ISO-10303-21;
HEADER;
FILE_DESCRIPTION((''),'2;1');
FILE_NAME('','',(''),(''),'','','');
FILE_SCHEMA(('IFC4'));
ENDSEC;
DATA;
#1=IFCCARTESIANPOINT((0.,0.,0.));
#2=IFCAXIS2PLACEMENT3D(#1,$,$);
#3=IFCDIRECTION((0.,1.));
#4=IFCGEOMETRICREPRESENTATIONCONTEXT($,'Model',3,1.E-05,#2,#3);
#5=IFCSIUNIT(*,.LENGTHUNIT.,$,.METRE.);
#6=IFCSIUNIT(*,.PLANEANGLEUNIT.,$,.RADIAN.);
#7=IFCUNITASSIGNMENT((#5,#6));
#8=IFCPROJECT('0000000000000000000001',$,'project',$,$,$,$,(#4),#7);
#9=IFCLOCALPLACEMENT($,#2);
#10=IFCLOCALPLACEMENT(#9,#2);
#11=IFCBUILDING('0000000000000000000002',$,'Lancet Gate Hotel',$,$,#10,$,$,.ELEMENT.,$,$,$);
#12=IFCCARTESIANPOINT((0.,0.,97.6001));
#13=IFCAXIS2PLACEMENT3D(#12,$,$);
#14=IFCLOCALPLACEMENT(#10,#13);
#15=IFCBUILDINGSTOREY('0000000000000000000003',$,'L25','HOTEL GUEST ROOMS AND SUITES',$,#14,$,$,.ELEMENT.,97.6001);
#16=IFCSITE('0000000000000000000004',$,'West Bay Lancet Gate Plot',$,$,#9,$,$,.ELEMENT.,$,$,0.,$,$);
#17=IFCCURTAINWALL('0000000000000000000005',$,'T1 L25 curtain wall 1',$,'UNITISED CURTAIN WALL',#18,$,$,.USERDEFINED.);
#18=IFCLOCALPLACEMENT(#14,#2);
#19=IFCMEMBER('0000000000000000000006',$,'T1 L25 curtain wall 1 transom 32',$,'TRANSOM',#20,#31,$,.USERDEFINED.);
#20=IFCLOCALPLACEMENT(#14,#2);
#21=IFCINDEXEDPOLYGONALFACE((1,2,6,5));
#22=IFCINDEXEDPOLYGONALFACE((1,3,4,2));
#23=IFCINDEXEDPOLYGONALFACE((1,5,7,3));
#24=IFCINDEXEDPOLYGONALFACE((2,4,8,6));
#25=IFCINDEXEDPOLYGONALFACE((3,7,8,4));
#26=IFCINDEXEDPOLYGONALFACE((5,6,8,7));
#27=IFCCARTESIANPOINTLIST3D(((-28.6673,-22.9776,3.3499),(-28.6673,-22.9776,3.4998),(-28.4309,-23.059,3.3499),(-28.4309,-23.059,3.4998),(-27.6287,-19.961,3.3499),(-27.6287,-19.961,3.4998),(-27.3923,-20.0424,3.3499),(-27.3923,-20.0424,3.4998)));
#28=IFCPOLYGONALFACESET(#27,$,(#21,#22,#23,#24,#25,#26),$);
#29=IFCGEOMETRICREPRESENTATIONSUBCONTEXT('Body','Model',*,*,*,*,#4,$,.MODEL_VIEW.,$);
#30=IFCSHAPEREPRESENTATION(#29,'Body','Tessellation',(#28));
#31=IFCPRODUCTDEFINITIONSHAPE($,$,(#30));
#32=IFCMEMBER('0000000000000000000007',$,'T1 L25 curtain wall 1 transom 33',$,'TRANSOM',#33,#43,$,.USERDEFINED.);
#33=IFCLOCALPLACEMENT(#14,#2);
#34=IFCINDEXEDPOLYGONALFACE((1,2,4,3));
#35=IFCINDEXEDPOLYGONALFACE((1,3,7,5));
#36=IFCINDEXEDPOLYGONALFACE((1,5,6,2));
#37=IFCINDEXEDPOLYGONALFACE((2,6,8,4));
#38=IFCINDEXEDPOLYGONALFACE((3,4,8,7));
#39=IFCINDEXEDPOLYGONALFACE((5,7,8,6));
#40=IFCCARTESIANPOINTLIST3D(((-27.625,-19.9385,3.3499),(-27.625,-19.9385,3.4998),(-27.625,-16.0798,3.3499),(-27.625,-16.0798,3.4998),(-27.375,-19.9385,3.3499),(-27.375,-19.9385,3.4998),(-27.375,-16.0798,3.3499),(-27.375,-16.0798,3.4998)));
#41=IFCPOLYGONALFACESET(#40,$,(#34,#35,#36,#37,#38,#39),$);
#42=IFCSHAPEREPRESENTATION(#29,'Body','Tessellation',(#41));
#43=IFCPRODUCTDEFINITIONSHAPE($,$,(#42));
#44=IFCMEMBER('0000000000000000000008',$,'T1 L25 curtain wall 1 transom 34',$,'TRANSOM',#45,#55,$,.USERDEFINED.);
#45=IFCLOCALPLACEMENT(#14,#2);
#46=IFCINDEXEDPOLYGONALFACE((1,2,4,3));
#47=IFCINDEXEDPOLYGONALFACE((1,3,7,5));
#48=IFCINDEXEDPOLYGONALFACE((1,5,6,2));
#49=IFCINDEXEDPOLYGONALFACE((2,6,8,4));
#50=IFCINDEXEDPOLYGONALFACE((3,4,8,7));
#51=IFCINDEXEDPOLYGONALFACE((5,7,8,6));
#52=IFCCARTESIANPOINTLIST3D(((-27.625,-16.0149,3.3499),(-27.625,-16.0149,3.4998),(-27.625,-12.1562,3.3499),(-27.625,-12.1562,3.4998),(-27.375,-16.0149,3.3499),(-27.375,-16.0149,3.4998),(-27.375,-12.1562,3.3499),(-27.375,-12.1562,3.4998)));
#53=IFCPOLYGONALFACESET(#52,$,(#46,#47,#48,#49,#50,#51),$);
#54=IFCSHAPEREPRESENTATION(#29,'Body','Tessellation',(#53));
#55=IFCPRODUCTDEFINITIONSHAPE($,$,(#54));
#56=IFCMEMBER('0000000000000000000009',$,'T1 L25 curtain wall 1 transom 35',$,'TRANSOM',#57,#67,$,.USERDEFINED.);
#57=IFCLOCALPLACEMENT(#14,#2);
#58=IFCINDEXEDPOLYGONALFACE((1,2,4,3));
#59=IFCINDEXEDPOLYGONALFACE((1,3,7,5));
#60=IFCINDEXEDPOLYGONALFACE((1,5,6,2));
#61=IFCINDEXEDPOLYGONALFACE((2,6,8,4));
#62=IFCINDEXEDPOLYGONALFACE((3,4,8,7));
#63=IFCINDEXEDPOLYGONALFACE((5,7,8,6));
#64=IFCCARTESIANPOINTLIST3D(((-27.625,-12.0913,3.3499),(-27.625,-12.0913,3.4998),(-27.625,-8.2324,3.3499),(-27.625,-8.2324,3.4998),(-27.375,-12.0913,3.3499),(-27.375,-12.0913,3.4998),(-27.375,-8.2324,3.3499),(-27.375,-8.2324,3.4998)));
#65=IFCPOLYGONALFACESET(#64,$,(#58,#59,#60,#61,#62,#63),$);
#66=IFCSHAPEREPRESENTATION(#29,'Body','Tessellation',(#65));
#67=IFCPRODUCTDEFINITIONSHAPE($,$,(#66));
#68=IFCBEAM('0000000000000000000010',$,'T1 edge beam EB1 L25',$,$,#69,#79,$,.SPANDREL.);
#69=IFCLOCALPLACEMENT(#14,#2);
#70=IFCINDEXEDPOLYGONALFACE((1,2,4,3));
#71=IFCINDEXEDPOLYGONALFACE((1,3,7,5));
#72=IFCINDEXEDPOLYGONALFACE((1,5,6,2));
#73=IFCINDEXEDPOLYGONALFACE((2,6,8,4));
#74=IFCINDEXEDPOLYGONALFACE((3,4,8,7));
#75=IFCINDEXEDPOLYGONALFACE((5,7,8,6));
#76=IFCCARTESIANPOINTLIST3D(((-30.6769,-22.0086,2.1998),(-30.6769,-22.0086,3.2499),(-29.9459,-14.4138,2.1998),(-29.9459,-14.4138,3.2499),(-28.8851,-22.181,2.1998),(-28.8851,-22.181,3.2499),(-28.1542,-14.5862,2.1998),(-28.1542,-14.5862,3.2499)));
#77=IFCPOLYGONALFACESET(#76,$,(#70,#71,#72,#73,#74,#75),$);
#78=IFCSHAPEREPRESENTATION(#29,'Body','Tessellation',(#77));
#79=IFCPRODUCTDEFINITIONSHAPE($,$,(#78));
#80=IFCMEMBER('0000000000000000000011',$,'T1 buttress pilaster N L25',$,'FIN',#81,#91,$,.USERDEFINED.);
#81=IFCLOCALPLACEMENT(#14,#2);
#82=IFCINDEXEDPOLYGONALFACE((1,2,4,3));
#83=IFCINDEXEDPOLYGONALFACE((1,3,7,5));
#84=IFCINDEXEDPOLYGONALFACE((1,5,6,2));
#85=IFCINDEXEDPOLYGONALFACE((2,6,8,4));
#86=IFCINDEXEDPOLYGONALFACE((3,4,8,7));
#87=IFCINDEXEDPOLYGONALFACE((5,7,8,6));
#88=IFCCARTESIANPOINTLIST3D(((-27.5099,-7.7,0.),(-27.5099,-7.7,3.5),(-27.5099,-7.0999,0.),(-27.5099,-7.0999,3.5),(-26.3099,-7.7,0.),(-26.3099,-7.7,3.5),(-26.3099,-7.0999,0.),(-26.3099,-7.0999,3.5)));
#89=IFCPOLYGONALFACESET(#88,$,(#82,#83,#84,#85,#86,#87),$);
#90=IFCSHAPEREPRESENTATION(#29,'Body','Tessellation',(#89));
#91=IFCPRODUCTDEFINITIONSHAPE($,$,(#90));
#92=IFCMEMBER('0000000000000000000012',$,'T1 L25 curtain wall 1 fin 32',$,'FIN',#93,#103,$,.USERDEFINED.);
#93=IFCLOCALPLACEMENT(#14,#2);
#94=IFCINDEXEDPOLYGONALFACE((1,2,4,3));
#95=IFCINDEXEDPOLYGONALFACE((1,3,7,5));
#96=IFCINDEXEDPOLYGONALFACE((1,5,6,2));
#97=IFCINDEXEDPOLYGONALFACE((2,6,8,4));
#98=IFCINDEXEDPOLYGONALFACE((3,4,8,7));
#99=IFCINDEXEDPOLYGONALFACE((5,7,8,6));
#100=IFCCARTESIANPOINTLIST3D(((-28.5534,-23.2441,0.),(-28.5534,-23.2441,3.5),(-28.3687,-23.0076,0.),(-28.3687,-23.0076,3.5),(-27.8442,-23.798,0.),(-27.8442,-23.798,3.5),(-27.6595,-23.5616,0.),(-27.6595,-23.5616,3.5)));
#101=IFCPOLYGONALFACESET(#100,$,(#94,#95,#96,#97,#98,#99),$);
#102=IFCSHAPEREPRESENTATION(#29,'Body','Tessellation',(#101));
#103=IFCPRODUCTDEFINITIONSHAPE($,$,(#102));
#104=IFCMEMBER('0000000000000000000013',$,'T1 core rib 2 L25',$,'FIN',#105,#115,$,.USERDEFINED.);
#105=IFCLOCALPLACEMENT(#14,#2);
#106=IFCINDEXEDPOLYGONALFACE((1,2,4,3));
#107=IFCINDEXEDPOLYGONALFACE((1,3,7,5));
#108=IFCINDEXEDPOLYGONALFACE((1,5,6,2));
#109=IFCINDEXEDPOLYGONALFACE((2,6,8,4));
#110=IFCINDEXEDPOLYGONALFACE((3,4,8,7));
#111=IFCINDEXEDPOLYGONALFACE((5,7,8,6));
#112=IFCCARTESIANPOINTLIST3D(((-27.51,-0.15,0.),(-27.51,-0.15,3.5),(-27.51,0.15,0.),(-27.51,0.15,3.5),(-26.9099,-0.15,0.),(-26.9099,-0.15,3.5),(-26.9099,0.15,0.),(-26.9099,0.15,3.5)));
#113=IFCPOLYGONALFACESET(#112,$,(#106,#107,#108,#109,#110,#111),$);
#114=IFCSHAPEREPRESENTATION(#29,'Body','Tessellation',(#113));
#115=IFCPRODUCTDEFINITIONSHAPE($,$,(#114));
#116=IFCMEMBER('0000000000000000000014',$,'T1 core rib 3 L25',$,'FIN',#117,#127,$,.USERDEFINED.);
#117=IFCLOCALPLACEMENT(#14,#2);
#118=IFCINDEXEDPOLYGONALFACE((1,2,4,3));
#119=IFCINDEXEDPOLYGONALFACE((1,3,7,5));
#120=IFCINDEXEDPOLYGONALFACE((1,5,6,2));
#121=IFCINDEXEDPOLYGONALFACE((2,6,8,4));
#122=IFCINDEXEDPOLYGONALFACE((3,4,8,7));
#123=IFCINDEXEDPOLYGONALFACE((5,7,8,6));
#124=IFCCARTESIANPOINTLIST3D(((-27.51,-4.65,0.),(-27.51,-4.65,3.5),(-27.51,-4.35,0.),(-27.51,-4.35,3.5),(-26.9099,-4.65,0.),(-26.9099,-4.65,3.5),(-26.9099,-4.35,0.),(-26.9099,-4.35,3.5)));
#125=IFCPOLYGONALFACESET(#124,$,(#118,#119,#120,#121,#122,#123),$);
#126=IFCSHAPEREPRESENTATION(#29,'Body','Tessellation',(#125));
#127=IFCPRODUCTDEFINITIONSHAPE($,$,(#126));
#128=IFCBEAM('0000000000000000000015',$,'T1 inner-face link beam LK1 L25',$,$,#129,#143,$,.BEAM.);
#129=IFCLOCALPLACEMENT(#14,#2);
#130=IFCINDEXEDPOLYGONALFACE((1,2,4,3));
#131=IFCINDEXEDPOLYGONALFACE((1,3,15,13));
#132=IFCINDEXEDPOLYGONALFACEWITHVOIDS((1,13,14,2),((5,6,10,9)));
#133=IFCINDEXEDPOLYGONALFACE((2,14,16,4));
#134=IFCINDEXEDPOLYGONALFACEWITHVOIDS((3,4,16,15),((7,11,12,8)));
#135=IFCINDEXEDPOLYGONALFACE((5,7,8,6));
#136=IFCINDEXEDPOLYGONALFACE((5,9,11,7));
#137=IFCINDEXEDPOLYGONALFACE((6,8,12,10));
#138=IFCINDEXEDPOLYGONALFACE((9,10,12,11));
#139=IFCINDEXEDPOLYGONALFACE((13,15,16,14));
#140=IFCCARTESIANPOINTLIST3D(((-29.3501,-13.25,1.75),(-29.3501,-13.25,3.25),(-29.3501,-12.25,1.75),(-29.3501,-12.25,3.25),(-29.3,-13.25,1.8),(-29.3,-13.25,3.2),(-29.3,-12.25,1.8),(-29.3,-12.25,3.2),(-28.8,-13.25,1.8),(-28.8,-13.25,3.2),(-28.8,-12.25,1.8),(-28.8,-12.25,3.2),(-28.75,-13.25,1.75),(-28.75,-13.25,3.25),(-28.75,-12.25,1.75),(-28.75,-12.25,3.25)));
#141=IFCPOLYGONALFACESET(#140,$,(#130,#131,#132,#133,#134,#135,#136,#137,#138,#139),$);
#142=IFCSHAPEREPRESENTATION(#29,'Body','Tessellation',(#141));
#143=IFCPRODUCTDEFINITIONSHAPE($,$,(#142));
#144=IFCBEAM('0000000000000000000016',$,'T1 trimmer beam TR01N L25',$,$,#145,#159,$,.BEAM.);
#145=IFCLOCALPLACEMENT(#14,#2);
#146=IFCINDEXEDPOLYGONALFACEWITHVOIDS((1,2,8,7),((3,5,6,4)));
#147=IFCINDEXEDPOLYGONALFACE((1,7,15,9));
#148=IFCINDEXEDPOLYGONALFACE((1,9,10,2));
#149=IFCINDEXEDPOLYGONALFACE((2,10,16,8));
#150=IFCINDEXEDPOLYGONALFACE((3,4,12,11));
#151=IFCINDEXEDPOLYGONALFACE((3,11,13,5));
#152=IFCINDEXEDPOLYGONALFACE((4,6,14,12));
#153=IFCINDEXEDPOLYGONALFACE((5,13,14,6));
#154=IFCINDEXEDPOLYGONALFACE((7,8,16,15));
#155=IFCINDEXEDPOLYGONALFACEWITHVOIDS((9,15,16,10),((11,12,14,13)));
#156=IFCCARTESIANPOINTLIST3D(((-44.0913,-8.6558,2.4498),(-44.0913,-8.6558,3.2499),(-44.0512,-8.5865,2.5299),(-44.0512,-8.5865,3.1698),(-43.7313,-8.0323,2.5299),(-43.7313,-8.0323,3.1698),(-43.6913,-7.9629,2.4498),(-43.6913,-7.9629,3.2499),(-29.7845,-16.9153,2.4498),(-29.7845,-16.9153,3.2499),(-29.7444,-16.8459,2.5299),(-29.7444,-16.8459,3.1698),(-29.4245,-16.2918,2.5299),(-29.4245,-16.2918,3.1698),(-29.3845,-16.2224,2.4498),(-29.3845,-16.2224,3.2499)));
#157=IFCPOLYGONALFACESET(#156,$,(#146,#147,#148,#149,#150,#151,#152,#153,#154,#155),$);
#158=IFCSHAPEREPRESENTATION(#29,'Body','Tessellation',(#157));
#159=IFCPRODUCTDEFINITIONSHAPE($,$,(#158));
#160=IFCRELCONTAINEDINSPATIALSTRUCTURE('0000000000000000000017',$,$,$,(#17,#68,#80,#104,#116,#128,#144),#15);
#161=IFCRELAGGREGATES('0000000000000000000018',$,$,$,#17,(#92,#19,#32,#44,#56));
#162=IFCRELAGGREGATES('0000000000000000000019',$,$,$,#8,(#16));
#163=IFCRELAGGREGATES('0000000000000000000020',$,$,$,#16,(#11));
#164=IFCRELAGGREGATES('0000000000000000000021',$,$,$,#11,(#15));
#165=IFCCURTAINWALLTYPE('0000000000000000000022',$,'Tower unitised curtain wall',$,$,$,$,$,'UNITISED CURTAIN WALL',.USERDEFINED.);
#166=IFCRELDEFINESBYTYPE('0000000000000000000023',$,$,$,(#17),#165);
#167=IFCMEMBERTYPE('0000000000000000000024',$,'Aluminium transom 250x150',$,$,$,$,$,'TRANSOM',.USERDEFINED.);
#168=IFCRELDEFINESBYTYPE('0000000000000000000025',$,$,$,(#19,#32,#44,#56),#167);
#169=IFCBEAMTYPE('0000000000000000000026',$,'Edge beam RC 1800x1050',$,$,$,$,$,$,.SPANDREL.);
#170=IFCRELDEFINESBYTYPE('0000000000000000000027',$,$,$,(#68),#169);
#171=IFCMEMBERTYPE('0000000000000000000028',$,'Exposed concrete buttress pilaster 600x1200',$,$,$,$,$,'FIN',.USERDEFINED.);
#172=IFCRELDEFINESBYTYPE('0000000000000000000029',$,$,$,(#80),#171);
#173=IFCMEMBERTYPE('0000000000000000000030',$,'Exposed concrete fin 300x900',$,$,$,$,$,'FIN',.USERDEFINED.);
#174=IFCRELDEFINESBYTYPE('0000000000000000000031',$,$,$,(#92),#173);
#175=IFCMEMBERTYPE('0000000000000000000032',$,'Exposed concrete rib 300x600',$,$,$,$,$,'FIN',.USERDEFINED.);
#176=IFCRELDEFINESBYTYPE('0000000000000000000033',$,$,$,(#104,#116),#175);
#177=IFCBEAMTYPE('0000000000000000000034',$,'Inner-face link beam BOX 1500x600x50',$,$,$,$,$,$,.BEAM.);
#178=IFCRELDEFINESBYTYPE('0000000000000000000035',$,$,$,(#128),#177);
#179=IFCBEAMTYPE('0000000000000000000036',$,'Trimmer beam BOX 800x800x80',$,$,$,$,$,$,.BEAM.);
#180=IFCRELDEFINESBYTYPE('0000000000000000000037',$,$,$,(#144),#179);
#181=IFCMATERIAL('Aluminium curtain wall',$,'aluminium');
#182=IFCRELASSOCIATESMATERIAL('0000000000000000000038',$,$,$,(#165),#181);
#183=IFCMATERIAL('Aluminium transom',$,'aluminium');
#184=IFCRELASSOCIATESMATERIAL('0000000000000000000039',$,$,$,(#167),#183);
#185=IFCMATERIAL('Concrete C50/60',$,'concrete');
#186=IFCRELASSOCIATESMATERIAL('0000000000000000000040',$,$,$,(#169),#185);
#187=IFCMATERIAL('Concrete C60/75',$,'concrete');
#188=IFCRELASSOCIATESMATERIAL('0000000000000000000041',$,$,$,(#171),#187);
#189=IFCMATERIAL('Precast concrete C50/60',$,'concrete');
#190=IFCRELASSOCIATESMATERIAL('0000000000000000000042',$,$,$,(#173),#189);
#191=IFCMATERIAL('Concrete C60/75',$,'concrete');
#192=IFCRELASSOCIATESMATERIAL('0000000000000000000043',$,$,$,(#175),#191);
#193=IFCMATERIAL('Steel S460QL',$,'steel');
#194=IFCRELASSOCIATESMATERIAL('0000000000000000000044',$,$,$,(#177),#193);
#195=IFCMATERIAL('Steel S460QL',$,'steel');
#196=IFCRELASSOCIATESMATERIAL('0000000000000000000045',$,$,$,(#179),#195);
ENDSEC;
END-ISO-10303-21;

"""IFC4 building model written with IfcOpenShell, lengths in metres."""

from ifc_helpers import new_model, si_unit, direction, frame, origin, origin_2d, place, context, subcontext, project, spatial, rectangle, hollow_rectangle, extrude, material, material_profile, profile_set, type_object, element, aggregate, save


model = new_model("IFC4")

# Units and contexts
model_context = context("Model", 3, precision=1e-05, world=origin(), true_north=direction((0.0, 1.0)))
body_context = subcontext(model_context, "Body", "Model", "MODEL_VIEW")
ifc_project = project(units=[si_unit("LENGTHUNIT", "METRE"), si_unit("PLANEANGLEUNIT", "RADIAN")], contexts=[model_context])

# Site, building, storey
site_placement = place(None, origin())
site = spatial("IfcSite", under=ifc_project, at=site_placement, Name="West Bay Lancet Gate Plot", CompositionType="ELEMENT", RefElevation=0.0)
building_placement = place(site_placement, origin())
building = spatial("IfcBuilding", under=site, at=building_placement, Name="Lancet Gate Hotel", CompositionType="ELEMENT")
storey_placement = place(building_placement, frame((0.0, 0.0, 97.6001)))
storey = spatial("IfcBuildingStorey", under=building, at=storey_placement, Name="L25", Description="HOTEL GUEST ROOMS AND SUITES", CompositionType="ELEMENT", Elevation=97.6001)

# Curtain wall, members
ifc_material_1 = material(Name="Aluminium curtain wall", Category="aluminium")
curtain_wall_type = type_object("IfcCurtainWallType", Name="Tower unitised curtain wall", ElementType="UNITISED CURTAIN WALL", PredefinedType="USERDEFINED", material=ifc_material_1)
curtain_wall_placement = place(storey_placement, origin())
curtain_wall = element("IfcCurtainWall", 1, at=curtain_wall_placement, inside=storey, type_object=curtain_wall_type, Name="T1 L25 curtain wall 1", ObjectType="UNITISED CURTAIN WALL", PredefinedType="USERDEFINED")
ifc_material_2 = material(Name="Aluminium transom", Category="aluminium")
ifc_material_profile_1 = material_profile(ifc_material_2, rectangle(XDim=0.25, YDim=0.1499, at=origin_2d()), Name="TRANSOM 250x150")
ifc_profile_set_1 = profile_set([ifc_material_profile_1], Name="Aluminium transom")
member_type_1 = type_object("IfcMemberType", Name="Aluminium transom 250x150", ElementType="TRANSOM", PredefinedType="USERDEFINED", material=ifc_profile_set_1)
member_1_placement = place(storey_placement, frame((-28.5491, -23.0183, 3.4248), z_axis=(0.325533, 0.945531, 0.0), x_axis=(-0.945531, 0.325533, 0.0)))
member_1 = element("IfcMember", 2, at=member_1_placement, type_object=member_type_1, Name="T1 L25 curtain wall 1 transom 32", ObjectType="TRANSOM", PredefinedType="USERDEFINED", context=body_context, shape_type="SweptSolid", body=[
    extrude(rectangle(XDim=0.25, YDim=0.1499, at=origin_2d()), origin(), (0.0, 0.0, 1.0), 3.1904),
])
member_2_placement = place(storey_placement, frame((-27.5, -19.9385, 3.4248), z_axis=(0.0, 1.0, 0.0), x_axis=(-1.0, 0.0, 0.0)))
member_2 = element("IfcMember", 3, at=member_2_placement, type_object=member_type_1, Name="T1 L25 curtain wall 1 transom 33", ObjectType="TRANSOM", PredefinedType="USERDEFINED", context=body_context, shape_type="SweptSolid", body=[
    extrude(rectangle(XDim=0.25, YDim=0.1499, at=origin_2d()), origin(), (0.0, 0.0, 1.0), 3.8586),
])
member_3_placement = place(storey_placement, frame((-27.5, -16.0149, 3.4248), z_axis=(0.0, 1.0, 0.0), x_axis=(-1.0, 0.0, 0.0)))
member_3 = element("IfcMember", 4, at=member_3_placement, type_object=member_type_1, Name="T1 L25 curtain wall 1 transom 34", ObjectType="TRANSOM", PredefinedType="USERDEFINED", context=body_context, shape_type="SweptSolid", body=[
    extrude(rectangle(XDim=0.25, YDim=0.1499, at=origin_2d()), origin(), (0.0, 0.0, 1.0), 3.8586),
])
member_4_placement = place(storey_placement, frame((-27.5, -12.0913, 3.4248), z_axis=(0.0, 1.0, 0.0), x_axis=(-1.0, 0.0, 0.0)))
member_4 = element("IfcMember", 5, at=member_4_placement, type_object=member_type_1, Name="T1 L25 curtain wall 1 transom 35", ObjectType="TRANSOM", PredefinedType="USERDEFINED", context=body_context, shape_type="SweptSolid", body=[
    extrude(rectangle(XDim=0.25, YDim=0.1499, at=origin_2d()), origin(), (0.0, 0.0, 1.0), 3.8589),
])

# Beam
ifc_material_3 = material(Name="Concrete C50/60", Category="concrete")
ifc_material_profile_2 = material_profile(ifc_material_3, rectangle(XDim=1.8, YDim=1.05, at=origin_2d()), Name="RC 1800x1050")
ifc_profile_set_2 = profile_set([ifc_material_profile_2], Name="Concrete C50/60")
beam_type_1 = type_object("IfcBeamType", Name="Edge beam RC 1800x1050", PredefinedType="SPANDREL", material=ifc_profile_set_2)
beam_1_placement = place(storey_placement, frame((-29.05, -14.5, 2.7249), z_axis=(-0.095803, -0.9954, 0.0), x_axis=(0.9954, -0.095803, 0.0)))
element("IfcBeam", 6, at=beam_1_placement, inside=storey, type_object=beam_type_1, Name="T1 edge beam EB1 L25", PredefinedType="SPANDREL", context=body_context, shape_type="SweptSolid", body=[
    extrude(rectangle(XDim=1.8, YDim=1.05, at=origin_2d()), origin(), (0.0, 0.0, 1.0), 7.6299),
])

# Members
ifc_material_4 = material(Name="Concrete C60/75", Category="concrete")
ifc_material_profile_3 = material_profile(ifc_material_4, rectangle(XDim=0.6001, YDim=1.2, at=origin_2d()), Name="FIN 600x1200")
ifc_profile_set_3 = profile_set([ifc_material_profile_3], Name="Concrete C60/75")
member_type_2 = type_object("IfcMemberType", Name="Exposed concrete buttress pilaster 600x1200", ElementType="FIN", PredefinedType="USERDEFINED", material=ifc_profile_set_3)
member_5_placement = place(storey_placement, frame((-26.9099, -7.3999, 0.0), z_axis=(0.0, 0.0, 1.0), x_axis=(0.0, 1.0, 0.0)))
element("IfcMember", 7, at=member_5_placement, inside=storey, type_object=member_type_2, Name="T1 buttress pilaster N L25", ObjectType="FIN", PredefinedType="USERDEFINED", context=body_context, shape_type="SweptSolid", body=[
    extrude(rectangle(XDim=0.6001, YDim=1.2, at=origin_2d()), origin(), (0.0, 0.0, 1.0), 3.5),
])
ifc_material_5 = material(Name="Precast concrete C50/60", Category="concrete")
ifc_material_profile_4 = material_profile(ifc_material_5, rectangle(XDim=0.3, YDim=0.8999, at=origin_2d()), Name="FIN 300x900")
ifc_profile_set_4 = profile_set([ifc_material_profile_4], Name="Precast concrete C50/60")
member_type_3 = type_object("IfcMemberType", Name="Exposed concrete fin 300x900", ElementType="FIN", PredefinedType="USERDEFINED", material=ifc_profile_set_4)
member_6_placement = place(storey_placement, frame((-28.1064, -23.4028, 0.0), z_axis=(0.0, 0.0, 1.0), x_axis=(0.615574, 0.788079, 0.0)))
member_6 = element("IfcMember", 8, at=member_6_placement, type_object=member_type_3, Name="T1 L25 curtain wall 1 fin 32", ObjectType="FIN", PredefinedType="USERDEFINED", context=body_context, shape_type="SweptSolid", body=[
    extrude(rectangle(XDim=0.3, YDim=0.8999, at=origin_2d()), origin(), (0.0, 0.0, 1.0), 3.5),
])

# Members
ifc_material_6 = material(Name="Concrete C60/75", Category="concrete")
ifc_material_profile_5 = material_profile(ifc_material_6, rectangle(XDim=0.3, YDim=0.6001, at=origin_2d()), Name="FIN 300x600")
ifc_profile_set_5 = profile_set([ifc_material_profile_5], Name="Concrete C60/75")
member_type_4 = type_object("IfcMemberType", Name="Exposed concrete rib 300x600", ElementType="FIN", PredefinedType="USERDEFINED", material=ifc_profile_set_5)
for number, where, z_axis, x_axis, name in (
    (9, (-27.21, 0.0, 0.0), (0.0, 0.0, 1.0), (0.0, 1.0, 0.0), "T1 core rib 2 L25"),
    (10, (-27.21, -4.5, 0.0), (0.0, 0.0, 1.0), (0.0, 1.0, 0.0), "T1 core rib 3 L25"),
):
    element("IfcMember", number, at=place(storey_placement, frame(where, z_axis=z_axis, x_axis=x_axis)), inside=storey, type_object=member_type_4, Name=name, ObjectType="FIN", PredefinedType="USERDEFINED", context=body_context, shape_type="SweptSolid", body=[
        extrude(rectangle(XDim=0.3, YDim=0.6001, at=origin_2d()), origin(), (0.0, 0.0, 1.0), 3.5),
    ])

# Beams
ifc_material_7 = material(Name="Steel S460QL", Category="steel")
ifc_material_profile_6 = material_profile(ifc_material_7, hollow_rectangle(XDim=0.6001, YDim=1.5, WallThickness=0.05, at=origin_2d()), Name="BOX 1500x600x50")
ifc_profile_set_6 = profile_set([ifc_material_profile_6], Name="Steel S460QL")
beam_type_2 = type_object("IfcBeamType", Name="Inner-face link beam BOX 1500x600x50", PredefinedType="BEAM", material=ifc_profile_set_6)
beam_2_placement = place(storey_placement, frame((-29.05, -12.25, 2.5), z_axis=(0.0, -1.0, 0.0), x_axis=(1.0, 0.0, 0.0)))
element("IfcBeam", 11, at=beam_2_placement, inside=storey, type_object=beam_type_2, Name="T1 inner-face link beam LK1 L25", PredefinedType="BEAM", context=body_context, shape_type="SweptSolid", body=[
    extrude(hollow_rectangle(XDim=0.6001, YDim=1.5, WallThickness=0.05, at=origin_2d()), origin(), (0.0, 0.0, 1.0), 1.0),
])
ifc_material_8 = material(Name="Steel S460QL", Category="steel")
ifc_material_profile_7 = material_profile(ifc_material_8, hollow_rectangle(XDim=0.8, YDim=0.8, WallThickness=0.0801, at=origin_2d()), Name="BOX 800x800x80")
ifc_profile_set_7 = profile_set([ifc_material_profile_7], Name="Steel S460QL")
beam_type_3 = type_object("IfcBeamType", Name="Trimmer beam BOX 800x800x80", PredefinedType="BEAM", material=ifc_profile_set_7)
beam_3_placement = place(storey_placement, frame((-29.5845, -16.5688, 2.8499), z_axis=(-0.86604, 0.499974, 0.0), x_axis=(-0.499974, -0.86604, 0.0)))
element("IfcBeam", 12, at=beam_3_placement, inside=storey, type_object=beam_type_3, Name="T1 trimmer beam TR01N L25", PredefinedType="BEAM", context=body_context, shape_type="SweptSolid", body=[
    extrude(hollow_rectangle(XDim=0.8, YDim=0.8, WallThickness=0.0801, at=origin_2d()), origin(), (0.0, 0.0, 1.0), 16.5198),
])

aggregate(curtain_wall, [member_6, member_1, member_2, member_3, member_4])

save(model, "model.ifc")
